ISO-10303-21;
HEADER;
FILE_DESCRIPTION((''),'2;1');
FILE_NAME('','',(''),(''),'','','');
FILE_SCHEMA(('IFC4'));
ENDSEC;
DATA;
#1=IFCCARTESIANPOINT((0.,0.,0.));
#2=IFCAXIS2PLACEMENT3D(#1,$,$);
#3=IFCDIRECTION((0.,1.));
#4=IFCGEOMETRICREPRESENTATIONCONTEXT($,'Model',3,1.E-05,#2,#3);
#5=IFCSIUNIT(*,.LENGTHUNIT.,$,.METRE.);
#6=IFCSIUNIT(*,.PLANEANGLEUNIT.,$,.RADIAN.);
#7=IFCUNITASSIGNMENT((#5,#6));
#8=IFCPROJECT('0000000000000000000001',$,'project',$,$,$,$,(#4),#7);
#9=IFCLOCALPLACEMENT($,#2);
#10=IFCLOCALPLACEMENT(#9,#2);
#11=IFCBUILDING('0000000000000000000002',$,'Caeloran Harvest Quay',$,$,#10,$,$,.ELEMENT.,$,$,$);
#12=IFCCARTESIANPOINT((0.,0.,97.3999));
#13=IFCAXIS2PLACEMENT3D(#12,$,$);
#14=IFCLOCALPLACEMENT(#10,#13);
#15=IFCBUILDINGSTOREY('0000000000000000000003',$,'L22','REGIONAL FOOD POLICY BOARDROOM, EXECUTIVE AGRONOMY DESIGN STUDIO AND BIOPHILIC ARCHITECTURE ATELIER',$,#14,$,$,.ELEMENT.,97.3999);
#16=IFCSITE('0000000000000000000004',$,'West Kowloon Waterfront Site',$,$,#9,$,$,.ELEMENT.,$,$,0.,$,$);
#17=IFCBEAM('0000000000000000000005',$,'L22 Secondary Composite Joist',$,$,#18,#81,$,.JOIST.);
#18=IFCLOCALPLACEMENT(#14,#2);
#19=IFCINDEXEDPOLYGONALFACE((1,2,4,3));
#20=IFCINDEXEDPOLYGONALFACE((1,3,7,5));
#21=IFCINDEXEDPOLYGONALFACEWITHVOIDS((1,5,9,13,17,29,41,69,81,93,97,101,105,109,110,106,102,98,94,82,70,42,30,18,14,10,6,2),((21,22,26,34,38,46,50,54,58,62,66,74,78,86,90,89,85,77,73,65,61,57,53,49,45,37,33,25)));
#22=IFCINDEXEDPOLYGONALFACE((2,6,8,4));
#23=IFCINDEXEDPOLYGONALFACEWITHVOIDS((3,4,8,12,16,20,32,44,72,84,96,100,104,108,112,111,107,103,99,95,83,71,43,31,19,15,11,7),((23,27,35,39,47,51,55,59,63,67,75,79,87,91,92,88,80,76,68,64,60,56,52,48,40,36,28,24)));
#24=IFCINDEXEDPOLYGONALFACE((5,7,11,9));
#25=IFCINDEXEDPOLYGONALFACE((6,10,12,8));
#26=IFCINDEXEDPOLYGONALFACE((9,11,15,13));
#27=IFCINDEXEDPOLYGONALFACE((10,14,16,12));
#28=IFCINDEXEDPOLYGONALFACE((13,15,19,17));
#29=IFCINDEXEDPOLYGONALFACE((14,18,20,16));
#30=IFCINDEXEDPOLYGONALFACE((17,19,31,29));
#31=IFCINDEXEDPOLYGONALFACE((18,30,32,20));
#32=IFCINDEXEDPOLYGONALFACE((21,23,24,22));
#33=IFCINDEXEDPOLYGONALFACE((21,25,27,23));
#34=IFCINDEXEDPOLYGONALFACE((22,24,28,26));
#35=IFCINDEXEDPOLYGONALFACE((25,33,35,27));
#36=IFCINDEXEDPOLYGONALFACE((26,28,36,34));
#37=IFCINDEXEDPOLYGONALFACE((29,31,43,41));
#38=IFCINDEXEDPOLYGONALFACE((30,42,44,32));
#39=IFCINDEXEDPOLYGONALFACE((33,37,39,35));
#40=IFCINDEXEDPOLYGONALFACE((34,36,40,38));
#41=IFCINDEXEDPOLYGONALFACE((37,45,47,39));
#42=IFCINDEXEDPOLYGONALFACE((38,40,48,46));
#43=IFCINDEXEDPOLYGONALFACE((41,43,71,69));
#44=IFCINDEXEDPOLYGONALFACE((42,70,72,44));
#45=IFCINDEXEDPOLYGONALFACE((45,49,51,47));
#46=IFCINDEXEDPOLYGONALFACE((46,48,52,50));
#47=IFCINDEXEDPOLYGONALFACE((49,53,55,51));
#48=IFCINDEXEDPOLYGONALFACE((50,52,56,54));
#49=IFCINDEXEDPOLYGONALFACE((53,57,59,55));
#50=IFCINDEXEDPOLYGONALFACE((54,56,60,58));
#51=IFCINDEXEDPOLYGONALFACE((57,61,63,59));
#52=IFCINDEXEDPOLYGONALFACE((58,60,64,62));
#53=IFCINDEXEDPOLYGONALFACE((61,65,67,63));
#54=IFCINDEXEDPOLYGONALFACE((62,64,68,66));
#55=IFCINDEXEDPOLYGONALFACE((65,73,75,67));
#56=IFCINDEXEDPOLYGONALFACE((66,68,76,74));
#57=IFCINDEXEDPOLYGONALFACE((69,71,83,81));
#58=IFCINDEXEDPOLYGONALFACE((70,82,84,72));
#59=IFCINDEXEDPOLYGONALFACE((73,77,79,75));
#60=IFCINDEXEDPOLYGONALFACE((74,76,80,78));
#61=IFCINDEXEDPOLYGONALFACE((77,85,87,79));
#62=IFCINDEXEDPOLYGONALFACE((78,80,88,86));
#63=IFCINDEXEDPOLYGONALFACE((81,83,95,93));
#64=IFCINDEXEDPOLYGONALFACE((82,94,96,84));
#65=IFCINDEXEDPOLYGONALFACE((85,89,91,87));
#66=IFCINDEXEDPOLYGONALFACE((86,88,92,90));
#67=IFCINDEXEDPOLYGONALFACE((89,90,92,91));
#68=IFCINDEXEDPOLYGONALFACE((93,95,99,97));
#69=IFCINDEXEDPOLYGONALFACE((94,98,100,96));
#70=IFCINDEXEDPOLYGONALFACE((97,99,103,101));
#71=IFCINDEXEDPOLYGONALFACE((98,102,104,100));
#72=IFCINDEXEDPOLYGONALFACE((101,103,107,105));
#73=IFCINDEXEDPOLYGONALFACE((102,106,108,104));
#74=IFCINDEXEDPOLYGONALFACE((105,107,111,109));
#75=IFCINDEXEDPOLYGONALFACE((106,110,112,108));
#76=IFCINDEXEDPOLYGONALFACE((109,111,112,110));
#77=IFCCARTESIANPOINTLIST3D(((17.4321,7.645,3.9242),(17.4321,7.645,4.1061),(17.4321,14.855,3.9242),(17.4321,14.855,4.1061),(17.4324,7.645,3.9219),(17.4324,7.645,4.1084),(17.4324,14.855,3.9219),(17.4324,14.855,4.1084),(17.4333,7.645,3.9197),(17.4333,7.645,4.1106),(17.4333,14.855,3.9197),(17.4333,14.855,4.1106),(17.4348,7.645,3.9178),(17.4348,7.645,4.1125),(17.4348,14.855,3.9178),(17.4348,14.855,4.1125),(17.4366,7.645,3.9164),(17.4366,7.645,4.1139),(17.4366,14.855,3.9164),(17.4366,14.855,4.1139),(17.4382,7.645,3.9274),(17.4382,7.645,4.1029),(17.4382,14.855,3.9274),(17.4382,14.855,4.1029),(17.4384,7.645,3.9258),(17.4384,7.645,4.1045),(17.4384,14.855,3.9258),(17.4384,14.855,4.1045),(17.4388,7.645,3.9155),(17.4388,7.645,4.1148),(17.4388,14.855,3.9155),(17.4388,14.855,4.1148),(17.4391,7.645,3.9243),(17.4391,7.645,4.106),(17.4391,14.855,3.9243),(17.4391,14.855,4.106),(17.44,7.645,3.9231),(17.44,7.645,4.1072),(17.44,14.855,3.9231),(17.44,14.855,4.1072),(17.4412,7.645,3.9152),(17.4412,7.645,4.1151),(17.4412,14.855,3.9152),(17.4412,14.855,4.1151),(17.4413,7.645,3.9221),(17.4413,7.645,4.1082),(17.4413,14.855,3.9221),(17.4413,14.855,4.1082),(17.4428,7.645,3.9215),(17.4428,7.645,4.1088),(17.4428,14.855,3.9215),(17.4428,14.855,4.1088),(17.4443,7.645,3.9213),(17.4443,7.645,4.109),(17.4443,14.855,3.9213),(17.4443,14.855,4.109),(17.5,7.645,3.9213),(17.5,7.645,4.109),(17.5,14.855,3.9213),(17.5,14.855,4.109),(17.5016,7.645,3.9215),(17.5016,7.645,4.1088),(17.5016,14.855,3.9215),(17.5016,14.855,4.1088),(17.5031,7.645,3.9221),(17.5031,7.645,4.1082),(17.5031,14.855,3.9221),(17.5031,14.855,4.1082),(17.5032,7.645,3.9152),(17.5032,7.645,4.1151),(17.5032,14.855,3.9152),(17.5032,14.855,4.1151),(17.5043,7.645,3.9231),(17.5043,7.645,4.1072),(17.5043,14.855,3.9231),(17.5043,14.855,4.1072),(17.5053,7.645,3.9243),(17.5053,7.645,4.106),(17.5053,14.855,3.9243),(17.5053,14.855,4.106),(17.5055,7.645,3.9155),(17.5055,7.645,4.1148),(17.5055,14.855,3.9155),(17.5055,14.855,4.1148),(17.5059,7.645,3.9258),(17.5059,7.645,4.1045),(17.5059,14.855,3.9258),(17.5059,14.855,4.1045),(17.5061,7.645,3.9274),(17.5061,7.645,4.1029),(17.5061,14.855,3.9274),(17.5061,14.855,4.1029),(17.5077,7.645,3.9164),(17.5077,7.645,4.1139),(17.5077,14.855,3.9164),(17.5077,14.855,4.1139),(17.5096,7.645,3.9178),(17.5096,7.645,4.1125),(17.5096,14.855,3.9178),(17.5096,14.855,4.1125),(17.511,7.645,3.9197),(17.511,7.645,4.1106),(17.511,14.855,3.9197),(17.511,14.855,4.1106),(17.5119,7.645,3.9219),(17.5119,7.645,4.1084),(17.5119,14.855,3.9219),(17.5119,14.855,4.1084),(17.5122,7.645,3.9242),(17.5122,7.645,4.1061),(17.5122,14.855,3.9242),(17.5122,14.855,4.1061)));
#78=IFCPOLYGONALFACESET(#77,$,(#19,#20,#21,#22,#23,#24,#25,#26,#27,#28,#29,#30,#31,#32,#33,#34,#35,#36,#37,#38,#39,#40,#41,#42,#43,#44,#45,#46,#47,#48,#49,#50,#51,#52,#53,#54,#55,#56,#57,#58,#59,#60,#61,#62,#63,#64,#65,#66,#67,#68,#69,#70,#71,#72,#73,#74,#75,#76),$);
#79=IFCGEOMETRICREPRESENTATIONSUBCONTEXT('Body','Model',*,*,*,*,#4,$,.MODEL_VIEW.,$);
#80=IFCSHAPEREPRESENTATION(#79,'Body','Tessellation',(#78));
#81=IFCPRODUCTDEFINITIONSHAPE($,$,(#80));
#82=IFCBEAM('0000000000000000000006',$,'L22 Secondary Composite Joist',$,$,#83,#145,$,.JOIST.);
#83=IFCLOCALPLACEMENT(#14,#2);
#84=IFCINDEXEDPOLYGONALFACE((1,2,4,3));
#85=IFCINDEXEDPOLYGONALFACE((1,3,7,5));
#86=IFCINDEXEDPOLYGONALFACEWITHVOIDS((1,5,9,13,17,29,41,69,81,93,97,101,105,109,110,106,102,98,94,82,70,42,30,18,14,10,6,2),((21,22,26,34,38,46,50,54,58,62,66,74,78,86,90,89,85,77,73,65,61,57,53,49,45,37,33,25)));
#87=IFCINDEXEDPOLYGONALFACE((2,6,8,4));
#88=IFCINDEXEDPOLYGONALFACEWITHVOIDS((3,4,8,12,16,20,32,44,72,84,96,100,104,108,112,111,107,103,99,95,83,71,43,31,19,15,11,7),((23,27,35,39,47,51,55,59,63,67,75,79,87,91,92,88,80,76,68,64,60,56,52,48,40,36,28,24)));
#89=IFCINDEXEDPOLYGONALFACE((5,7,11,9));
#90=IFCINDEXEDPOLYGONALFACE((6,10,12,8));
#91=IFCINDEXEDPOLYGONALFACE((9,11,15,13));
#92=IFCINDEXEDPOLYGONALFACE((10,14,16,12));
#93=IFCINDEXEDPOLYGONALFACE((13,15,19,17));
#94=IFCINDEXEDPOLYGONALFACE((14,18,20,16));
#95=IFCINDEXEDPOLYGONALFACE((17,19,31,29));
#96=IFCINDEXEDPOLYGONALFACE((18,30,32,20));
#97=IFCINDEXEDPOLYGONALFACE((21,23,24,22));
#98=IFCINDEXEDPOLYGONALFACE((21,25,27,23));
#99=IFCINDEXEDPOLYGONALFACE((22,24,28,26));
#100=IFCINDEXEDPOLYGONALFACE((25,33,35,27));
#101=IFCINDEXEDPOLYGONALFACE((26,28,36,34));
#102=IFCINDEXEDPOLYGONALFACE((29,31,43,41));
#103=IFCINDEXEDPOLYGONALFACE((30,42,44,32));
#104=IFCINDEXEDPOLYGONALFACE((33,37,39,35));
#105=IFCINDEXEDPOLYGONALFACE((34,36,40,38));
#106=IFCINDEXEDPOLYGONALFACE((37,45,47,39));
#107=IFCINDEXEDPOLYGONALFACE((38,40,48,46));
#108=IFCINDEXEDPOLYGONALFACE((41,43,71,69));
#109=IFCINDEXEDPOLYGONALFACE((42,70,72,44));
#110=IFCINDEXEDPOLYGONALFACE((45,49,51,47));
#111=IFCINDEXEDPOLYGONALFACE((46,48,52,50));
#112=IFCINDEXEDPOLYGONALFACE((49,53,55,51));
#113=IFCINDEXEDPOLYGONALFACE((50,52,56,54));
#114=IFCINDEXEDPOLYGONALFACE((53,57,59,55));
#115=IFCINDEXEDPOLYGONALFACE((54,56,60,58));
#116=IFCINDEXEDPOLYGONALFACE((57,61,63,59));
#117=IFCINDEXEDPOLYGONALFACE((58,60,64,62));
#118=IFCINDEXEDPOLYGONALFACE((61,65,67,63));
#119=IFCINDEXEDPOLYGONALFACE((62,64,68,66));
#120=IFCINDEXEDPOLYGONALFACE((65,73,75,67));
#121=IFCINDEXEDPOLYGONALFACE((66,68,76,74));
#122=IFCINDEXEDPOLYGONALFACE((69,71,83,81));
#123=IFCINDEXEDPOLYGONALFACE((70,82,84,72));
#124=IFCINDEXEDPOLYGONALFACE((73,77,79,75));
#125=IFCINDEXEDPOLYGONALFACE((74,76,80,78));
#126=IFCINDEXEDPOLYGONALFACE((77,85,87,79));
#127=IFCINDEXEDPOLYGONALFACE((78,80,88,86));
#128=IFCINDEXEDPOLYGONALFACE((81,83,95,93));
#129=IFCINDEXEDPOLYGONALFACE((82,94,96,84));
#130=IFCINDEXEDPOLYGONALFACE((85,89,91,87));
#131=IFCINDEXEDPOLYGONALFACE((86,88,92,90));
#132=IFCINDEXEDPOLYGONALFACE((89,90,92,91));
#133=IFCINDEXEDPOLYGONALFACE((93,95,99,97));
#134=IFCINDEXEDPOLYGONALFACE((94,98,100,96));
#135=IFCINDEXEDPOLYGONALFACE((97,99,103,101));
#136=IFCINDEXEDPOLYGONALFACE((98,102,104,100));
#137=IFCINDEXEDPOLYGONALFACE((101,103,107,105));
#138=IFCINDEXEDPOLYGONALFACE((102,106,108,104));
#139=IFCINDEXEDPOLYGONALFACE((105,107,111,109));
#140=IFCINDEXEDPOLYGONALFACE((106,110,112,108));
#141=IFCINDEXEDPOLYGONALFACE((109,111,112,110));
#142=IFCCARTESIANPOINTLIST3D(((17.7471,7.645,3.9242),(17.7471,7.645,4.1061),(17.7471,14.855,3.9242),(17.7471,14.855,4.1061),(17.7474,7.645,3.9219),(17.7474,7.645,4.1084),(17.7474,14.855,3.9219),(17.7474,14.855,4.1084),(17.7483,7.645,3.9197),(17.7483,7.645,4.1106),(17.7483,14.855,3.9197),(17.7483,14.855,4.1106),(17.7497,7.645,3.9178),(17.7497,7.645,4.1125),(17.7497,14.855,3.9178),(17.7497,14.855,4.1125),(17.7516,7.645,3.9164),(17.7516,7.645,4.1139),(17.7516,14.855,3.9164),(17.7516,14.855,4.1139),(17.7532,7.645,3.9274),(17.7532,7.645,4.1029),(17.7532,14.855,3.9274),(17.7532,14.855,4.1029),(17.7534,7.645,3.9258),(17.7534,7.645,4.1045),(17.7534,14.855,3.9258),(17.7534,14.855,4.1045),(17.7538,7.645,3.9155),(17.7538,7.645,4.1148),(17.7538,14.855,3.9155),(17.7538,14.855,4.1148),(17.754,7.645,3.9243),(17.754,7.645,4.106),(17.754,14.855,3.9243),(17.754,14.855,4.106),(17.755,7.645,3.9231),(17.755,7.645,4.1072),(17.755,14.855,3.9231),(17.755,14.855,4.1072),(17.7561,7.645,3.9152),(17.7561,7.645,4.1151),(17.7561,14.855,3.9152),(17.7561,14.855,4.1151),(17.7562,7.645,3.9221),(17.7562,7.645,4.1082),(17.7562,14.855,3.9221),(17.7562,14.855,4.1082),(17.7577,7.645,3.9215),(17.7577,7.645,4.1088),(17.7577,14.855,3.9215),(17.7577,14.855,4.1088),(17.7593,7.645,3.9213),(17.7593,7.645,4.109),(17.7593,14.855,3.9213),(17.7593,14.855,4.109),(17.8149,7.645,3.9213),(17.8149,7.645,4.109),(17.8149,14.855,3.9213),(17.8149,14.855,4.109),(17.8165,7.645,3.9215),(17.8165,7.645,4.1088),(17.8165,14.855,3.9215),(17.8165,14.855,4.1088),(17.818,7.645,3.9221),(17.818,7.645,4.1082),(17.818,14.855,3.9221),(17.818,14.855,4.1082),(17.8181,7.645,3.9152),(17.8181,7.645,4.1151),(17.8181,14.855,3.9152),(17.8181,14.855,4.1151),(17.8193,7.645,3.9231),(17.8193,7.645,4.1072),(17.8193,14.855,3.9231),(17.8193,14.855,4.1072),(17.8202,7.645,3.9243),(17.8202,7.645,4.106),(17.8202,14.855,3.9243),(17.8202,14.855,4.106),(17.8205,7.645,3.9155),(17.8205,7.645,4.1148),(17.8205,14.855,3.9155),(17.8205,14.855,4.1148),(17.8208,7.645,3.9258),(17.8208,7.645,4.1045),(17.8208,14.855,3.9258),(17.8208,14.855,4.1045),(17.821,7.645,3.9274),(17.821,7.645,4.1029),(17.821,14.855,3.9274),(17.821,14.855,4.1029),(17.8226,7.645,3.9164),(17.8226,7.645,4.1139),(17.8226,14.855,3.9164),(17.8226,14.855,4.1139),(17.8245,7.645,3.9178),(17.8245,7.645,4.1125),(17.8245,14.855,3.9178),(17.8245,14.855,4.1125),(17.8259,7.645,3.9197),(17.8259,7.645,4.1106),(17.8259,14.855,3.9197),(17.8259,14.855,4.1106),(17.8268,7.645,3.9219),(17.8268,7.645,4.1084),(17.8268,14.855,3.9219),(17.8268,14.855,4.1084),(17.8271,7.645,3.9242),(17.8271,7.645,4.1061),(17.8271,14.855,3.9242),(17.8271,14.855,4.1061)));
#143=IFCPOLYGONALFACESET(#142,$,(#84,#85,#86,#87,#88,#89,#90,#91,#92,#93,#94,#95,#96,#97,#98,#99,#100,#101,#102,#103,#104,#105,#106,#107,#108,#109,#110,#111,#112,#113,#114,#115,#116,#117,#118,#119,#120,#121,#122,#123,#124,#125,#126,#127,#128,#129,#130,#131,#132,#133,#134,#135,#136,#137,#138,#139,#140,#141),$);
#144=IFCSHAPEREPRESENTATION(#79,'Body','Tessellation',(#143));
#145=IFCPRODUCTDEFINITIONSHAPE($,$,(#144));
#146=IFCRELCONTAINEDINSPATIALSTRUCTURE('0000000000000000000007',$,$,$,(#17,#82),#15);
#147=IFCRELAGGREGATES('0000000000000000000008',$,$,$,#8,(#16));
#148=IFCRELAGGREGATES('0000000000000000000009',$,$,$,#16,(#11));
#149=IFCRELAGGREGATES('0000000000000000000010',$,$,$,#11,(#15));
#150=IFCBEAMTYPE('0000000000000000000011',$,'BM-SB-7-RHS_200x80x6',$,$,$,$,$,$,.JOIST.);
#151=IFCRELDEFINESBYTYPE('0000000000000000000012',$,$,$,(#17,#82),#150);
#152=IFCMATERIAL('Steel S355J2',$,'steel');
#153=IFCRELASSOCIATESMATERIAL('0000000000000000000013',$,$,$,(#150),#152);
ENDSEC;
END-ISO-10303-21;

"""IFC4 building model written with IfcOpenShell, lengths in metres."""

from ifc_helpers import new_model, si_unit, direction, frame, origin, origin_2d, place, context, subcontext, project, spatial, hollow_rectangle, extrude, material, material_profile, profile_set, type_object, element, save


model = new_model("IFC4")

# Units and contexts
model_context = context("Model", 3, precision=1e-05, world=origin(), true_north=direction((0.0, 1.0)))
body_context = subcontext(model_context, "Body", "Model", "MODEL_VIEW")
ifc_project = project(units=[si_unit("LENGTHUNIT", "METRE"), si_unit("PLANEANGLEUNIT", "RADIAN")], contexts=[model_context])

# Site, building, storey
site_placement = place(None, origin())
site = spatial("IfcSite", under=ifc_project, at=site_placement, Name="West Kowloon Waterfront Site", CompositionType="ELEMENT", RefElevation=0.0)
building_placement = place(site_placement, origin())
building = spatial("IfcBuilding", under=site, at=building_placement, Name="Caeloran Harvest Quay", CompositionType="ELEMENT")
storey_placement = place(building_placement, frame((0.0, 0.0, 97.3999)))
storey = spatial("IfcBuildingStorey", under=building, at=storey_placement, Name="L22", Description="REGIONAL FOOD POLICY BOARDROOM, EXECUTIVE AGRONOMY DESIGN STUDIO AND BIOPHILIC ARCHITECTURE ATELIER", CompositionType="ELEMENT", Elevation=97.3999)

# Beams
ifc_material_1 = material(Name="Steel S355J2", Category="steel")
ifc_material_profile_1 = material_profile(ifc_material_1, hollow_rectangle(XDim=0.0801, YDim=0.2, WallThickness=0.0061, InnerFilletRadius=0.0061, OuterFilletRadius=0.009, at=origin_2d()), Name="RHS 200x80x6")
ifc_profile_set_1 = profile_set([ifc_material_profile_1], Name="Steel S355J2")
beam_type_1 = type_object("IfcBeamType", Name="BM-SB-7-RHS_200x80x6", PredefinedType="JOIST", material=ifc_profile_set_1)
for number, where, z_axis, x_axis, name in (
    (1, (17.4722, 7.645, 4.0151), (0.0, 1.0, 0.0), (-1.0, 0.0, 0.0), "L22 Secondary Composite Joist"),
    (2, (17.7871, 7.645, 4.0151), (0.0, 1.0, 0.0), (-1.0, 0.0, 0.0), "L22 Secondary Composite Joist"),
):
    element("IfcBeam", number, at=place(storey_placement, frame(where, z_axis=z_axis, x_axis=x_axis)), inside=storey, type_object=beam_type_1, Name=name, PredefinedType="JOIST", context=body_context, shape_type="SweptSolid", body=[
        extrude(hollow_rectangle(XDim=0.0801, YDim=0.2, WallThickness=0.0061, InnerFilletRadius=0.0061, OuterFilletRadius=0.009, at=origin_2d()), origin(), (0.0, 0.0, 1.0), 7.21),
    ])

save(model, "model.ifc")
